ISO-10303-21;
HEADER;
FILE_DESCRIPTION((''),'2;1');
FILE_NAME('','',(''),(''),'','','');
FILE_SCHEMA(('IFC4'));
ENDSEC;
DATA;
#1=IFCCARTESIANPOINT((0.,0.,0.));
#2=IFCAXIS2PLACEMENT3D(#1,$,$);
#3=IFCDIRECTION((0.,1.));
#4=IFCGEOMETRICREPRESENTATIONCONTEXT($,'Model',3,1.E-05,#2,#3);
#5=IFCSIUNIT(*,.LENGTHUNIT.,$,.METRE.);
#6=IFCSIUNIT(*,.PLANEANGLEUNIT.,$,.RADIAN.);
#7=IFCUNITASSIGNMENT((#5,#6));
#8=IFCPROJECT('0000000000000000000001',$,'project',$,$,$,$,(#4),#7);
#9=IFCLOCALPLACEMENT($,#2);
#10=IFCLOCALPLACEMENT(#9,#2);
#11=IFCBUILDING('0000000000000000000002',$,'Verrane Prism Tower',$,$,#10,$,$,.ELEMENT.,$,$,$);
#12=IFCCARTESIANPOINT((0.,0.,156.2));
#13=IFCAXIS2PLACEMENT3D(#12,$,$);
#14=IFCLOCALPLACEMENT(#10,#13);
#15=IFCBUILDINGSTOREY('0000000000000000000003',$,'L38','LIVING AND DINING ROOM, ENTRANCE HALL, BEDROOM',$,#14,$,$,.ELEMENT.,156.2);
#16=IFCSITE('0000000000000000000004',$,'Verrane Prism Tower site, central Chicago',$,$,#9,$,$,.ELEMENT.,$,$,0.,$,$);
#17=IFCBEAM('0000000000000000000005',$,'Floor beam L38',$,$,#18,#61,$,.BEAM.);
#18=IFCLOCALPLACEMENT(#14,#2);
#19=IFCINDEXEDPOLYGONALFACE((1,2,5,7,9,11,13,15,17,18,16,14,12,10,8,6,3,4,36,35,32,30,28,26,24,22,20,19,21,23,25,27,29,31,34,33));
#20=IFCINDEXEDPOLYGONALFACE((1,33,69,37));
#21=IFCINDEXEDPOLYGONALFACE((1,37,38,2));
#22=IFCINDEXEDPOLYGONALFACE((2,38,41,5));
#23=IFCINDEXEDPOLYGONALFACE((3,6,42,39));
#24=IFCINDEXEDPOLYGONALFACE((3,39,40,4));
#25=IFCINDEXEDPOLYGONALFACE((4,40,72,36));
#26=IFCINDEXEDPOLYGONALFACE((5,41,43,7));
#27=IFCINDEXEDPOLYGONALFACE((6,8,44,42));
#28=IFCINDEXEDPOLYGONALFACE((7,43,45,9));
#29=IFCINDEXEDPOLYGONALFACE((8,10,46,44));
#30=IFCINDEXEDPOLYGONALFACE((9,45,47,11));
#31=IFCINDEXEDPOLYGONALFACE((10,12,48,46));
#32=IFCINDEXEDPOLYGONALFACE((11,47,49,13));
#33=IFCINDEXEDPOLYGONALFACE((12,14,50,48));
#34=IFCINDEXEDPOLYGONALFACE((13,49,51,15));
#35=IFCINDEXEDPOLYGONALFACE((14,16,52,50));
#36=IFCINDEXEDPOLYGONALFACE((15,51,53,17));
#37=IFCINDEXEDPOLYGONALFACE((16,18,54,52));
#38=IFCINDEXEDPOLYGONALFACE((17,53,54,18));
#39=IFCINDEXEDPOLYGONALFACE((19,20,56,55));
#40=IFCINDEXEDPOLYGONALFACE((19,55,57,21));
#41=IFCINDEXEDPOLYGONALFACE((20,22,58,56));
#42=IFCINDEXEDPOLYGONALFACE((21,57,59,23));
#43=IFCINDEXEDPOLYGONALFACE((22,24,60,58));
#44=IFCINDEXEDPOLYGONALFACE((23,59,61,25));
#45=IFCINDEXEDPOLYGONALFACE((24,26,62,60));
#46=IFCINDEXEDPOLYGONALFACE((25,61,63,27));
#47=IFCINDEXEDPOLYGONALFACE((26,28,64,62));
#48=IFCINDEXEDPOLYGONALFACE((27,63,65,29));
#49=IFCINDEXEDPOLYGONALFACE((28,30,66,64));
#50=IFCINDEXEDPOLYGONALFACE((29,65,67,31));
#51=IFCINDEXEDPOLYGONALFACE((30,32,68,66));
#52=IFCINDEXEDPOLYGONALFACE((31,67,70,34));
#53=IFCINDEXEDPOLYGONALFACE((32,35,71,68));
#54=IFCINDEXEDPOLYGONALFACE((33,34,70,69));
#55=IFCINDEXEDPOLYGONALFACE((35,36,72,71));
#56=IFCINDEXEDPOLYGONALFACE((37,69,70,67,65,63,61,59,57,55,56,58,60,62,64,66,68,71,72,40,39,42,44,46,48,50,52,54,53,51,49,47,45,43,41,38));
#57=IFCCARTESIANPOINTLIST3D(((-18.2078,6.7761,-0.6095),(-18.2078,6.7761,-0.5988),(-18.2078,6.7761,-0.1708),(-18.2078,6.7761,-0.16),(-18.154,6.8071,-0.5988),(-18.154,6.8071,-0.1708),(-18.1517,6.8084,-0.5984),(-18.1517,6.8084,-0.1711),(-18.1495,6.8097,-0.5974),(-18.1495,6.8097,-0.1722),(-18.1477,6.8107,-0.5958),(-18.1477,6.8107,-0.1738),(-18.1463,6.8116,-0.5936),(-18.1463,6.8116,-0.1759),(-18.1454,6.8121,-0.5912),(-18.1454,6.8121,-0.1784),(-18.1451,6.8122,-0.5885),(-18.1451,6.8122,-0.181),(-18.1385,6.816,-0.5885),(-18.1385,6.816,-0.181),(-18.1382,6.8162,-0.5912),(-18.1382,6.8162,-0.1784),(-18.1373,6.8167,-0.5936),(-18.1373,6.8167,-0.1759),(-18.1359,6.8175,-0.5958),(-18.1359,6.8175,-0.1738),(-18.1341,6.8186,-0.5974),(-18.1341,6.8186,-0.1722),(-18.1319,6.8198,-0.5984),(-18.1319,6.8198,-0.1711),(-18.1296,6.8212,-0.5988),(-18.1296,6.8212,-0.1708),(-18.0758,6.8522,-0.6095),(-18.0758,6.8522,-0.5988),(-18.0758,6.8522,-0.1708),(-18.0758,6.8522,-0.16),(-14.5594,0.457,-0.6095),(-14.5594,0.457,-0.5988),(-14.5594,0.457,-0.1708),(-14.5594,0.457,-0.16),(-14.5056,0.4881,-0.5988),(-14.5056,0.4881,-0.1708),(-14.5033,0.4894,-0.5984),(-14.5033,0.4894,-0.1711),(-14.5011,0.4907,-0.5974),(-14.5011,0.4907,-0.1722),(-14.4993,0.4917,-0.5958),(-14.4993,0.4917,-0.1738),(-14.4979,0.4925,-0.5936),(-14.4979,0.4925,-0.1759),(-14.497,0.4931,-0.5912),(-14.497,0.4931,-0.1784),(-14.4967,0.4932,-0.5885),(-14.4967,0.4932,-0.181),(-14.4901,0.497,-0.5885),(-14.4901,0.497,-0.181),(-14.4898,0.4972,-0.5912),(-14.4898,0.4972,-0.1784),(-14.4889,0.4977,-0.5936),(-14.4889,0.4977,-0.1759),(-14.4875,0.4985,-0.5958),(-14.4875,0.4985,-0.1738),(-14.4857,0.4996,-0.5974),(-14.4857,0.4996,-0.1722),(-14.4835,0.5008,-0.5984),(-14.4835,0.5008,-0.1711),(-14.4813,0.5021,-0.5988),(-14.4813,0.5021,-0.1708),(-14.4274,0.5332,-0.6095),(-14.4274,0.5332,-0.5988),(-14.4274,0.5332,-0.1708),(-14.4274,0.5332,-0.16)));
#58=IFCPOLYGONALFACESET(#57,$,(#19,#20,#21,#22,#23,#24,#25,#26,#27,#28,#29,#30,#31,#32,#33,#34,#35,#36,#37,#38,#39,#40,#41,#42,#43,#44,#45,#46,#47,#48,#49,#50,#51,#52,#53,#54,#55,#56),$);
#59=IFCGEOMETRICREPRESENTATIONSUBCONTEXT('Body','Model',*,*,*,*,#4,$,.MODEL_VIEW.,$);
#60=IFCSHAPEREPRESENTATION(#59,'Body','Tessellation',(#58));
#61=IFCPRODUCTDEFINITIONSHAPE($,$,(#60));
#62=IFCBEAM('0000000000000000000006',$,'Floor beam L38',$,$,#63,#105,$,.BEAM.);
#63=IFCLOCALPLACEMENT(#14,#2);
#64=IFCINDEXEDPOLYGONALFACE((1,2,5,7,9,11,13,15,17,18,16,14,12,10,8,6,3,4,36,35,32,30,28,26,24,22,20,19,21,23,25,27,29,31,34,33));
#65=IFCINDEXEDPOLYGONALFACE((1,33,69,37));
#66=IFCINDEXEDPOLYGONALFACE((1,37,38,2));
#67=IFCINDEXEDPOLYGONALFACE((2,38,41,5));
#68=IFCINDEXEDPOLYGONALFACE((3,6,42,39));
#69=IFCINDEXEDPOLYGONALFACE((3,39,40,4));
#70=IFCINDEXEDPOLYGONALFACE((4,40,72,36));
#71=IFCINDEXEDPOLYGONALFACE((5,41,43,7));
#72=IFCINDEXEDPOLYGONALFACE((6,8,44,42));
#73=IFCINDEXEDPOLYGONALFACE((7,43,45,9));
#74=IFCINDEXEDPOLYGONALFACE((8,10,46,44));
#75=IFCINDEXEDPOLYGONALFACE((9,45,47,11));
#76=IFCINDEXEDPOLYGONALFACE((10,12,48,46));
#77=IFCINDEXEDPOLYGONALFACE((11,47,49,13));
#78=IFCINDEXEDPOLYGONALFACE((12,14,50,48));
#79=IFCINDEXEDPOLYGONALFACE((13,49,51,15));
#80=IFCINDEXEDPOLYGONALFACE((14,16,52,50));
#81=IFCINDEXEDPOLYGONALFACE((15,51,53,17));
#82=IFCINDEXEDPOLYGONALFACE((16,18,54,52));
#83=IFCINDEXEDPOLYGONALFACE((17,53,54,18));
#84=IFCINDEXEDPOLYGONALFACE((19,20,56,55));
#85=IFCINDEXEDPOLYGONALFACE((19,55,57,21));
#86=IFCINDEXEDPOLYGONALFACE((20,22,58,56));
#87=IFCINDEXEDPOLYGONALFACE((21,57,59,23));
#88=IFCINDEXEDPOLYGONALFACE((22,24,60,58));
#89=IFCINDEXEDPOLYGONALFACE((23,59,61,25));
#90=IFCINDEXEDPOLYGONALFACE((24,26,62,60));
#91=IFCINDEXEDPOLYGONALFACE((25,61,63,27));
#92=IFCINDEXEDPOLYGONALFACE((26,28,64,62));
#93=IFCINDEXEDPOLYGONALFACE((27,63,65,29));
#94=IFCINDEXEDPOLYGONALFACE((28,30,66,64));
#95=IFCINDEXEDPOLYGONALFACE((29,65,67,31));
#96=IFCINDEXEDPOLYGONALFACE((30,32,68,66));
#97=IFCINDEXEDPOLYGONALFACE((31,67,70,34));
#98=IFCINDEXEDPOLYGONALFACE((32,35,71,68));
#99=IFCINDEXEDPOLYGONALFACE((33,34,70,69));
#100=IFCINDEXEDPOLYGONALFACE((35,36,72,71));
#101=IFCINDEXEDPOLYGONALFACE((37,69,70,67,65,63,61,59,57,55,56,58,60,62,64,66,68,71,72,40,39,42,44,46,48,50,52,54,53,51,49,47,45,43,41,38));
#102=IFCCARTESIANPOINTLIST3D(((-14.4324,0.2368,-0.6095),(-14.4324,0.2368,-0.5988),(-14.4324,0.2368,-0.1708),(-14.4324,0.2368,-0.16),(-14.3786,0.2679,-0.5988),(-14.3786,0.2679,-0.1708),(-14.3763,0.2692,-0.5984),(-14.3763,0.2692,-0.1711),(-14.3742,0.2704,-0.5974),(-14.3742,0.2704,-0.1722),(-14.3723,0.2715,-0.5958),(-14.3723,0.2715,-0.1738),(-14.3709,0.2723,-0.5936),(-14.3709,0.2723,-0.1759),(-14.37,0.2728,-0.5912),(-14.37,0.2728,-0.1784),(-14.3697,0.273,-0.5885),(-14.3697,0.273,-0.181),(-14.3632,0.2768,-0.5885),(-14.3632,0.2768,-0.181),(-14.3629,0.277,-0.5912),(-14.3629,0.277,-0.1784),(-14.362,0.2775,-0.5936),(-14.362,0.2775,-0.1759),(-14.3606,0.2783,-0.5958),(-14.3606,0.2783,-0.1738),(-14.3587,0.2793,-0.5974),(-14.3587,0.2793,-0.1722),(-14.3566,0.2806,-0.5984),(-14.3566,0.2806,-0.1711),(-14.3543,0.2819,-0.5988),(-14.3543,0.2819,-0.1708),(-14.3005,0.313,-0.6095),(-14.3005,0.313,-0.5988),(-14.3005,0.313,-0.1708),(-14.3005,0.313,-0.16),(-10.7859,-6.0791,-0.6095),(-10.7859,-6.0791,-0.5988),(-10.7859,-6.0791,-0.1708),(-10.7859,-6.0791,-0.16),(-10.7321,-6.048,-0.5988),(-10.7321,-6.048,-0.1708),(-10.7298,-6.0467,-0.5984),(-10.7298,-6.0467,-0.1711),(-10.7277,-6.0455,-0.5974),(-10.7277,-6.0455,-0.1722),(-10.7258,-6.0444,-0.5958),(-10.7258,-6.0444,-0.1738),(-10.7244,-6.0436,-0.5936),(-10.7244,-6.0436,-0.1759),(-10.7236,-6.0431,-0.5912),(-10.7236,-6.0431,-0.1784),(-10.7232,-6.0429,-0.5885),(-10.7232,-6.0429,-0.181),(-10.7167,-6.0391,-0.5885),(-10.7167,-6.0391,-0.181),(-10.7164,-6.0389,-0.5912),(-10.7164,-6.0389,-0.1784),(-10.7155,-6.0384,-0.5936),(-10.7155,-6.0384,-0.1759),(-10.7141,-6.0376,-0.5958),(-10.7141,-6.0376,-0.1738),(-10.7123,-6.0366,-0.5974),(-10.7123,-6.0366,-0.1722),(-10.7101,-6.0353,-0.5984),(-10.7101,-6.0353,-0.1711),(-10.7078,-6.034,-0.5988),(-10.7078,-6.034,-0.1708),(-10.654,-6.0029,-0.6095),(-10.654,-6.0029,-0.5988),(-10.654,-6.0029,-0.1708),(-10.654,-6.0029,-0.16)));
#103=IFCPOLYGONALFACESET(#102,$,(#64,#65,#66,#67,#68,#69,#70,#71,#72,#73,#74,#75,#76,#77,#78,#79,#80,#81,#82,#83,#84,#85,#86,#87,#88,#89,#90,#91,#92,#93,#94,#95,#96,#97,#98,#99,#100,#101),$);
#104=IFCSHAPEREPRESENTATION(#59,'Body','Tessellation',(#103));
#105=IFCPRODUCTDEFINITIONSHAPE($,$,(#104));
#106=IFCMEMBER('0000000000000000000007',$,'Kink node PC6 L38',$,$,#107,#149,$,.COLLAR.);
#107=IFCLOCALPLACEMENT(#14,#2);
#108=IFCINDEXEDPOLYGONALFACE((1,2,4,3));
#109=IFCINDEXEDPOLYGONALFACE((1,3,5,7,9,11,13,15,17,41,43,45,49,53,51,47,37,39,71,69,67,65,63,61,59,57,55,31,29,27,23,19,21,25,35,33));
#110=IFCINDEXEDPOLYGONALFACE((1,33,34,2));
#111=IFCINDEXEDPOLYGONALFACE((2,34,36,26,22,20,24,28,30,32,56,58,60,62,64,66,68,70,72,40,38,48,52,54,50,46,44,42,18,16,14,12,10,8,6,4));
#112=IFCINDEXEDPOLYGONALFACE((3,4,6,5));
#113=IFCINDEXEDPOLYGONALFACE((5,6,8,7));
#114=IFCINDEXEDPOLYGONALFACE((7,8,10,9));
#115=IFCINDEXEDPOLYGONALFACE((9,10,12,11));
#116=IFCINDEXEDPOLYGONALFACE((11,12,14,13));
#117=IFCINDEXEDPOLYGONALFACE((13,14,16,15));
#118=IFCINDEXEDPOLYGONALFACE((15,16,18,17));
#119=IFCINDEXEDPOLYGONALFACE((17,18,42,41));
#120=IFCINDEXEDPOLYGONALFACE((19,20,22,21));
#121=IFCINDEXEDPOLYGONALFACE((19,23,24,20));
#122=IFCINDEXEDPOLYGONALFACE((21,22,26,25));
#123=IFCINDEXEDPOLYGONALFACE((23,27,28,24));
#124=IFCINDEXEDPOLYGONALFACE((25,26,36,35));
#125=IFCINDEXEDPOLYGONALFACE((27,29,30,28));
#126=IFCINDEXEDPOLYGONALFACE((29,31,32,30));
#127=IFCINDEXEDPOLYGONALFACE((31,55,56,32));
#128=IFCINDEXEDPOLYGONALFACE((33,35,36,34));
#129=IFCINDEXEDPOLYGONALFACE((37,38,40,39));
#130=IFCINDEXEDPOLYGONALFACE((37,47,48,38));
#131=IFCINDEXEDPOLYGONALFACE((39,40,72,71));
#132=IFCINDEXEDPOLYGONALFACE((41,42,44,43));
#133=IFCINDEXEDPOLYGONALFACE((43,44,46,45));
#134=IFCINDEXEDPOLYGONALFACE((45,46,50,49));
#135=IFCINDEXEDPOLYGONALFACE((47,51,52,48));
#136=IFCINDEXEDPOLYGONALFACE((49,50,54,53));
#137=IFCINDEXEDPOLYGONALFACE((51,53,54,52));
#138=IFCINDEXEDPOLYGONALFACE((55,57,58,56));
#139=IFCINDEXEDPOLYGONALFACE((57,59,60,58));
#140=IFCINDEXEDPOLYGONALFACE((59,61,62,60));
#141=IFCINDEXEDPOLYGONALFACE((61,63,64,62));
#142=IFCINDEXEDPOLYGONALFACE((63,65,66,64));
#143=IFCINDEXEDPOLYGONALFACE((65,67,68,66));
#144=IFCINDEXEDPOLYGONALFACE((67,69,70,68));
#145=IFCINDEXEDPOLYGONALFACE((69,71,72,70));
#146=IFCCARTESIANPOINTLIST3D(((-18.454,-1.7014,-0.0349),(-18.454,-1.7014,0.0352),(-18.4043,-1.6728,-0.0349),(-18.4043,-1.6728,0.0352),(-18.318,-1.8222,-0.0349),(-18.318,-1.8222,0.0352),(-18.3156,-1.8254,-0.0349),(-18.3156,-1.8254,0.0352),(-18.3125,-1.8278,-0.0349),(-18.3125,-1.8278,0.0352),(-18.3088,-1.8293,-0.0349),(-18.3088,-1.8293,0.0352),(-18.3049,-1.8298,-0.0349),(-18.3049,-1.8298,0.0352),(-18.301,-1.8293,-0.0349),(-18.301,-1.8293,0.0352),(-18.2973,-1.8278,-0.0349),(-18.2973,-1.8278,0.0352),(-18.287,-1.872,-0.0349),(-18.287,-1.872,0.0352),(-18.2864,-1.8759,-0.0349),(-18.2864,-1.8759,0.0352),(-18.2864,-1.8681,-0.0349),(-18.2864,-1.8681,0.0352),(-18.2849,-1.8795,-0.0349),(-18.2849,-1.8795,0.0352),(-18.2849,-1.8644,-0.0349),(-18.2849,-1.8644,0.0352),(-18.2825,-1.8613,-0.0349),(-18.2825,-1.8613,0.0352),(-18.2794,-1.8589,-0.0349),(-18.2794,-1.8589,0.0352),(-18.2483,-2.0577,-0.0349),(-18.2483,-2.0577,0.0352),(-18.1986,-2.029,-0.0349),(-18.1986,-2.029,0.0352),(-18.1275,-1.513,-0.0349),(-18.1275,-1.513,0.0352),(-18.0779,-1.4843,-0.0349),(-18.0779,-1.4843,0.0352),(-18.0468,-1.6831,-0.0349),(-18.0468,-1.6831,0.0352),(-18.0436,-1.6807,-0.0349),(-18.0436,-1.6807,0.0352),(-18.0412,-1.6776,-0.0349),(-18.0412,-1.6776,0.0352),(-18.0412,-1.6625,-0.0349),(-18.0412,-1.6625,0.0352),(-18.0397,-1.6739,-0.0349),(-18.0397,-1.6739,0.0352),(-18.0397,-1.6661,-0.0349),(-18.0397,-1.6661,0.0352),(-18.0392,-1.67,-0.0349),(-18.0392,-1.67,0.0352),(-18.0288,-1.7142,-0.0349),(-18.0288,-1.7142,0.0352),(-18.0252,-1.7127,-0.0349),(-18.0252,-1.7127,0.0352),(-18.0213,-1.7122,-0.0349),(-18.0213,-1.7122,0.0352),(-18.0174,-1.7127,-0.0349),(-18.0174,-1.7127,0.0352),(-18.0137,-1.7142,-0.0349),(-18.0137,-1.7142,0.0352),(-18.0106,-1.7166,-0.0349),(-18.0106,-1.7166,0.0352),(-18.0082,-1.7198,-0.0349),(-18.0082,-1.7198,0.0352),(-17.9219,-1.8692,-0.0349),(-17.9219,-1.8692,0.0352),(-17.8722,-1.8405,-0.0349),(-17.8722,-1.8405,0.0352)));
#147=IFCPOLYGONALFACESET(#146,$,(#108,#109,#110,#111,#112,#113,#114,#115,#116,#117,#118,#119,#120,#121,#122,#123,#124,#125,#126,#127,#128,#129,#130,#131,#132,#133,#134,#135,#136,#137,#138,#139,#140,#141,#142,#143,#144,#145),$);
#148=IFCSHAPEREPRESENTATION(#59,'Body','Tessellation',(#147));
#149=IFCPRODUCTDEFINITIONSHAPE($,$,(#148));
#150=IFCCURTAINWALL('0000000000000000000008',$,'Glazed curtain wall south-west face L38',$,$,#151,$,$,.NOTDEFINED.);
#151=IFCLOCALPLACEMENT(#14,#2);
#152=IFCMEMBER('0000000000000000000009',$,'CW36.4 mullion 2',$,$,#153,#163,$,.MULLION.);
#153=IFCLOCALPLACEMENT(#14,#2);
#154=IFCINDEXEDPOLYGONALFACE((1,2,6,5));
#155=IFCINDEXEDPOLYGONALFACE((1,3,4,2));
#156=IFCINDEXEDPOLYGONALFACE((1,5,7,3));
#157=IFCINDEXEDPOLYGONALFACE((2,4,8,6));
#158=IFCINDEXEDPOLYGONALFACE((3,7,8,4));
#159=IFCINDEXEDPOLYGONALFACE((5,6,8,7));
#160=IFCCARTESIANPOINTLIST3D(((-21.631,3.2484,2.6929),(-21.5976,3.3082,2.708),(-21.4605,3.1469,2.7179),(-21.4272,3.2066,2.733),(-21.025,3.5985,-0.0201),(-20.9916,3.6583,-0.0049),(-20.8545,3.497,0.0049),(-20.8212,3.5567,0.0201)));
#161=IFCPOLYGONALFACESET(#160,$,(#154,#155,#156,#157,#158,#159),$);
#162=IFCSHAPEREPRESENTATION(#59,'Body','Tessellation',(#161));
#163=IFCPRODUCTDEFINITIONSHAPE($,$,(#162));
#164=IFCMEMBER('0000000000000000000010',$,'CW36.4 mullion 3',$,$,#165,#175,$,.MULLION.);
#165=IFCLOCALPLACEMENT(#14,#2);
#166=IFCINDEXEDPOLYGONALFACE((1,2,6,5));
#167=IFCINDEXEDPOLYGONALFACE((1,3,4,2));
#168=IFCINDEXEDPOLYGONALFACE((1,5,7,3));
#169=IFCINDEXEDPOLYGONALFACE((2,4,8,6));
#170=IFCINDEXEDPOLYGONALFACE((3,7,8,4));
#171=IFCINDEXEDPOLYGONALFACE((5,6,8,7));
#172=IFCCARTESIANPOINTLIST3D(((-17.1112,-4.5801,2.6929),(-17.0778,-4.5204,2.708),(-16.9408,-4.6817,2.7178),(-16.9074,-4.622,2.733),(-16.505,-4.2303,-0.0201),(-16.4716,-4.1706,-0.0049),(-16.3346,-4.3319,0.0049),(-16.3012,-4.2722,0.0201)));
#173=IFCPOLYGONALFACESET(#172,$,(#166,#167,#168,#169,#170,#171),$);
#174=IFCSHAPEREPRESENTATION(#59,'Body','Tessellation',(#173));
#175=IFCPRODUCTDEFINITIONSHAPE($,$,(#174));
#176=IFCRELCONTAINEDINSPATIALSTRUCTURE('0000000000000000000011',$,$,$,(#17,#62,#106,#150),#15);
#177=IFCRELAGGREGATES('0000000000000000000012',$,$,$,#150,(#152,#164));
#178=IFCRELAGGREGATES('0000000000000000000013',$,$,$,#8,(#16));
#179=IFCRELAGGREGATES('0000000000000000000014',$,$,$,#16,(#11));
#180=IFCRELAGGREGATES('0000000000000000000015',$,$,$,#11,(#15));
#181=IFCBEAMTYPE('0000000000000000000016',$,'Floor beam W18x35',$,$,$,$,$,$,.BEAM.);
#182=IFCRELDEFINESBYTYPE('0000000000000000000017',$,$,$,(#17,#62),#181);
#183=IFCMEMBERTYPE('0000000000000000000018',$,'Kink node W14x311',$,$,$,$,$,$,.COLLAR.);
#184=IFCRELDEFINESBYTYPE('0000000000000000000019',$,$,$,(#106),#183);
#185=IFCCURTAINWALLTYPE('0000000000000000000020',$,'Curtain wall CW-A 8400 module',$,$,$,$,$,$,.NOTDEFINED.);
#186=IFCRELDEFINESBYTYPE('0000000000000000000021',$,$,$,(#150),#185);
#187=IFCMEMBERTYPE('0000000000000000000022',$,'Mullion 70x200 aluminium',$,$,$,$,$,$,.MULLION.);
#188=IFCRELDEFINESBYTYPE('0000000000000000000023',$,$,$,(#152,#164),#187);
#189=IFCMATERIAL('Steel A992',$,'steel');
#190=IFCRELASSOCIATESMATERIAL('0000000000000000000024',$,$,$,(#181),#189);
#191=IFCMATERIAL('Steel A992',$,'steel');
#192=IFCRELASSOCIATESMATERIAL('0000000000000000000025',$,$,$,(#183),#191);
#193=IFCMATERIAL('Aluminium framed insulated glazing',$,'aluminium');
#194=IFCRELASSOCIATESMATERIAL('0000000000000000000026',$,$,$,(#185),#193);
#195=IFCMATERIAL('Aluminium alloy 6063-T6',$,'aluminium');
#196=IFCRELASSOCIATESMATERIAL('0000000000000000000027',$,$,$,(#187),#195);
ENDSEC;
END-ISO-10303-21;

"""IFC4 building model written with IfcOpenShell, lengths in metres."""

from ifc_helpers import new_model, si_unit, direction, frame, origin, origin_2d, place, context, subcontext, project, spatial, rectangle, i_section, extrude, material, material_profile, profile_set, type_object, element, aggregate, save


model = new_model("IFC4")

# Units and contexts
model_context = context("Model", 3, precision=1e-05, world=origin(), true_north=direction((0.0, 1.0)))
body_context = subcontext(model_context, "Body", "Model", "MODEL_VIEW")
ifc_project = project(units=[si_unit("LENGTHUNIT", "METRE"), si_unit("PLANEANGLEUNIT", "RADIAN")], contexts=[model_context])

# Site, building, storey
site_placement = place(None, origin())
site = spatial("IfcSite", under=ifc_project, at=site_placement, Name="Verrane Prism Tower site, central Chicago", CompositionType="ELEMENT", RefElevation=0.0)
building_placement = place(site_placement, origin())
building = spatial("IfcBuilding", under=site, at=building_placement, Name="Verrane Prism Tower", CompositionType="ELEMENT")
storey_placement = place(building_placement, frame((0.0, 0.0, 156.2)))
storey = spatial("IfcBuildingStorey", under=building, at=storey_placement, Name="L38", Description="LIVING AND DINING ROOM, ENTRANCE HALL, BEDROOM", CompositionType="ELEMENT", Elevation=156.2)

# Beams
ifc_material_1 = material(Name="Steel A992", Category="steel")
ifc_material_profile_1 = material_profile(ifc_material_1, i_section(OverallWidth=0.1523, OverallDepth=0.4495, WebThickness=0.0076, FlangeThickness=0.0107, FilletRadius=0.0103, at=origin_2d()), Name="W18x35")
ifc_profile_set_1 = profile_set([ifc_material_profile_1], Name="Steel A992")
beam_type_1 = type_object("IfcBeamType", Name="Floor beam W18x35", PredefinedType="BEAM", material=ifc_profile_set_1)
beam_1_placement = place(storey_placement, frame((-14.4934, 0.4951, -0.3848), z_axis=(-0.500011, 0.866019, 0.0), x_axis=(-0.866019, -0.500011, 0.0)))
element("IfcBeam", 1, at=beam_1_placement, inside=storey, type_object=beam_type_1, Name="Floor beam L38", PredefinedType="BEAM", context=body_context, shape_type="SweptSolid", body=[
    extrude(i_section(OverallWidth=0.1523, OverallDepth=0.4495, WebThickness=0.0076, FlangeThickness=0.0107, FilletRadius=0.0103, at=origin_2d()), origin(), (0.0, 0.0, 1.0), 7.2966),
])
beam_2_placement = place(storey_placement, frame((-10.72, -6.041, -0.3848), z_axis=(-0.499999, 0.866026, 0.0), x_axis=(-0.866026, -0.499999, 0.0)))
element("IfcBeam", 2, at=beam_2_placement, inside=storey, type_object=beam_type_1, Name="Floor beam L38", PredefinedType="BEAM", context=body_context, shape_type="SweptSolid", body=[
    extrude(i_section(OverallWidth=0.1523, OverallDepth=0.4495, WebThickness=0.0076, FlangeThickness=0.0107, FilletRadius=0.0103, at=origin_2d()), origin(), (0.0, 0.0, 1.0), 7.293),
])

# Member
ifc_material_2 = material(Name="Steel A992", Category="steel")
ifc_material_profile_2 = material_profile(ifc_material_2, i_section(OverallWidth=0.4114, OverallDepth=0.4343, WebThickness=0.0359, FlangeThickness=0.0574, FilletRadius=0.0151, at=origin_2d()), Name="W14x311")
ifc_profile_set_2 = profile_set([ifc_material_profile_2], Name="Steel A992")
member_type_1 = type_object("IfcMemberType", Name="Kink node W14x311", PredefinedType="COLLAR", material=ifc_profile_set_2)
member_1_placement = place(storey_placement, frame((-18.1631, -1.771, -0.0349), z_axis=(0.0, 0.0, 1.0), x_axis=(-0.5, 0.866025, 0.0)))
element("IfcMember", 3, at=member_1_placement, inside=storey, type_object=member_type_1, Name="Kink node PC6 L38", PredefinedType="COLLAR", context=body_context, shape_type="SweptSolid", body=[
    extrude(i_section(OverallWidth=0.4114, OverallDepth=0.4343, WebThickness=0.0359, FlangeThickness=0.0574, FilletRadius=0.0151, at=origin_2d()), origin(), (0.0, 0.0, 1.0), 0.0701),
])

# Curtain wall, members
ifc_material_3 = material(Name="Aluminium framed insulated glazing", Category="aluminium")
curtain_wall_type = type_object("IfcCurtainWallType", Name="Curtain wall CW-A 8400 module", PredefinedType="NOTDEFINED", material=ifc_material_3)
curtain_wall_placement = place(storey_placement, origin())
curtain_wall = element("IfcCurtainWall", 4, at=curtain_wall_placement, inside=storey, type_object=curtain_wall_type, Name="Glazed curtain wall south-west face L38", PredefinedType="NOTDEFINED")
ifc_material_4 = material(Name="Aluminium alloy 6063-T6", Category="aluminium")
ifc_material_profile_3 = material_profile(ifc_material_4, rectangle(XDim=0.2, YDim=0.0701, at=origin_2d()), Name="Mullion 70x200 aluminium")
ifc_profile_set_3 = profile_set([ifc_material_profile_3], Name="Aluminium alloy 6063-T6")
member_type_2 = type_object("IfcMemberType", Name="Mullion 70x200 aluminium", PredefinedType="MULLION", material=ifc_profile_set_3)
member_2_placement = place(storey_placement, frame((-20.9231, 3.5776, 0.0), z_axis=(-0.216282, -0.124959, 0.968301), x_axis=(0.852456, -0.507662, 0.124893)))
member_2 = element("IfcMember", 5, at=member_2_placement, type_object=member_type_2, Name="CW36.4 mullion 2", PredefinedType="MULLION", context=body_context, shape_type="SweptSolid", body=[
    extrude(rectangle(XDim=0.2, YDim=0.0701, at=origin_2d()), origin(), (0.0, 0.0, 1.0), 2.8018),
])
member_3_placement = place(storey_placement, frame((-16.4031, -4.2512, 0.0), z_axis=(-0.216367, -0.124871, 0.968294), x_axis=(0.85221, -0.50807, 0.124908)))
member_3 = element("IfcMember", 6, at=member_3_placement, type_object=member_type_2, Name="CW36.4 mullion 3", PredefinedType="MULLION", context=body_context, shape_type="SweptSolid", body=[
    extrude(rectangle(XDim=0.2, YDim=0.0701, at=origin_2d()), origin(), (0.0, 0.0, 1.0), 2.8018),
])

aggregate(curtain_wall, [member_2, member_3])

save(model, "model.ifc")
